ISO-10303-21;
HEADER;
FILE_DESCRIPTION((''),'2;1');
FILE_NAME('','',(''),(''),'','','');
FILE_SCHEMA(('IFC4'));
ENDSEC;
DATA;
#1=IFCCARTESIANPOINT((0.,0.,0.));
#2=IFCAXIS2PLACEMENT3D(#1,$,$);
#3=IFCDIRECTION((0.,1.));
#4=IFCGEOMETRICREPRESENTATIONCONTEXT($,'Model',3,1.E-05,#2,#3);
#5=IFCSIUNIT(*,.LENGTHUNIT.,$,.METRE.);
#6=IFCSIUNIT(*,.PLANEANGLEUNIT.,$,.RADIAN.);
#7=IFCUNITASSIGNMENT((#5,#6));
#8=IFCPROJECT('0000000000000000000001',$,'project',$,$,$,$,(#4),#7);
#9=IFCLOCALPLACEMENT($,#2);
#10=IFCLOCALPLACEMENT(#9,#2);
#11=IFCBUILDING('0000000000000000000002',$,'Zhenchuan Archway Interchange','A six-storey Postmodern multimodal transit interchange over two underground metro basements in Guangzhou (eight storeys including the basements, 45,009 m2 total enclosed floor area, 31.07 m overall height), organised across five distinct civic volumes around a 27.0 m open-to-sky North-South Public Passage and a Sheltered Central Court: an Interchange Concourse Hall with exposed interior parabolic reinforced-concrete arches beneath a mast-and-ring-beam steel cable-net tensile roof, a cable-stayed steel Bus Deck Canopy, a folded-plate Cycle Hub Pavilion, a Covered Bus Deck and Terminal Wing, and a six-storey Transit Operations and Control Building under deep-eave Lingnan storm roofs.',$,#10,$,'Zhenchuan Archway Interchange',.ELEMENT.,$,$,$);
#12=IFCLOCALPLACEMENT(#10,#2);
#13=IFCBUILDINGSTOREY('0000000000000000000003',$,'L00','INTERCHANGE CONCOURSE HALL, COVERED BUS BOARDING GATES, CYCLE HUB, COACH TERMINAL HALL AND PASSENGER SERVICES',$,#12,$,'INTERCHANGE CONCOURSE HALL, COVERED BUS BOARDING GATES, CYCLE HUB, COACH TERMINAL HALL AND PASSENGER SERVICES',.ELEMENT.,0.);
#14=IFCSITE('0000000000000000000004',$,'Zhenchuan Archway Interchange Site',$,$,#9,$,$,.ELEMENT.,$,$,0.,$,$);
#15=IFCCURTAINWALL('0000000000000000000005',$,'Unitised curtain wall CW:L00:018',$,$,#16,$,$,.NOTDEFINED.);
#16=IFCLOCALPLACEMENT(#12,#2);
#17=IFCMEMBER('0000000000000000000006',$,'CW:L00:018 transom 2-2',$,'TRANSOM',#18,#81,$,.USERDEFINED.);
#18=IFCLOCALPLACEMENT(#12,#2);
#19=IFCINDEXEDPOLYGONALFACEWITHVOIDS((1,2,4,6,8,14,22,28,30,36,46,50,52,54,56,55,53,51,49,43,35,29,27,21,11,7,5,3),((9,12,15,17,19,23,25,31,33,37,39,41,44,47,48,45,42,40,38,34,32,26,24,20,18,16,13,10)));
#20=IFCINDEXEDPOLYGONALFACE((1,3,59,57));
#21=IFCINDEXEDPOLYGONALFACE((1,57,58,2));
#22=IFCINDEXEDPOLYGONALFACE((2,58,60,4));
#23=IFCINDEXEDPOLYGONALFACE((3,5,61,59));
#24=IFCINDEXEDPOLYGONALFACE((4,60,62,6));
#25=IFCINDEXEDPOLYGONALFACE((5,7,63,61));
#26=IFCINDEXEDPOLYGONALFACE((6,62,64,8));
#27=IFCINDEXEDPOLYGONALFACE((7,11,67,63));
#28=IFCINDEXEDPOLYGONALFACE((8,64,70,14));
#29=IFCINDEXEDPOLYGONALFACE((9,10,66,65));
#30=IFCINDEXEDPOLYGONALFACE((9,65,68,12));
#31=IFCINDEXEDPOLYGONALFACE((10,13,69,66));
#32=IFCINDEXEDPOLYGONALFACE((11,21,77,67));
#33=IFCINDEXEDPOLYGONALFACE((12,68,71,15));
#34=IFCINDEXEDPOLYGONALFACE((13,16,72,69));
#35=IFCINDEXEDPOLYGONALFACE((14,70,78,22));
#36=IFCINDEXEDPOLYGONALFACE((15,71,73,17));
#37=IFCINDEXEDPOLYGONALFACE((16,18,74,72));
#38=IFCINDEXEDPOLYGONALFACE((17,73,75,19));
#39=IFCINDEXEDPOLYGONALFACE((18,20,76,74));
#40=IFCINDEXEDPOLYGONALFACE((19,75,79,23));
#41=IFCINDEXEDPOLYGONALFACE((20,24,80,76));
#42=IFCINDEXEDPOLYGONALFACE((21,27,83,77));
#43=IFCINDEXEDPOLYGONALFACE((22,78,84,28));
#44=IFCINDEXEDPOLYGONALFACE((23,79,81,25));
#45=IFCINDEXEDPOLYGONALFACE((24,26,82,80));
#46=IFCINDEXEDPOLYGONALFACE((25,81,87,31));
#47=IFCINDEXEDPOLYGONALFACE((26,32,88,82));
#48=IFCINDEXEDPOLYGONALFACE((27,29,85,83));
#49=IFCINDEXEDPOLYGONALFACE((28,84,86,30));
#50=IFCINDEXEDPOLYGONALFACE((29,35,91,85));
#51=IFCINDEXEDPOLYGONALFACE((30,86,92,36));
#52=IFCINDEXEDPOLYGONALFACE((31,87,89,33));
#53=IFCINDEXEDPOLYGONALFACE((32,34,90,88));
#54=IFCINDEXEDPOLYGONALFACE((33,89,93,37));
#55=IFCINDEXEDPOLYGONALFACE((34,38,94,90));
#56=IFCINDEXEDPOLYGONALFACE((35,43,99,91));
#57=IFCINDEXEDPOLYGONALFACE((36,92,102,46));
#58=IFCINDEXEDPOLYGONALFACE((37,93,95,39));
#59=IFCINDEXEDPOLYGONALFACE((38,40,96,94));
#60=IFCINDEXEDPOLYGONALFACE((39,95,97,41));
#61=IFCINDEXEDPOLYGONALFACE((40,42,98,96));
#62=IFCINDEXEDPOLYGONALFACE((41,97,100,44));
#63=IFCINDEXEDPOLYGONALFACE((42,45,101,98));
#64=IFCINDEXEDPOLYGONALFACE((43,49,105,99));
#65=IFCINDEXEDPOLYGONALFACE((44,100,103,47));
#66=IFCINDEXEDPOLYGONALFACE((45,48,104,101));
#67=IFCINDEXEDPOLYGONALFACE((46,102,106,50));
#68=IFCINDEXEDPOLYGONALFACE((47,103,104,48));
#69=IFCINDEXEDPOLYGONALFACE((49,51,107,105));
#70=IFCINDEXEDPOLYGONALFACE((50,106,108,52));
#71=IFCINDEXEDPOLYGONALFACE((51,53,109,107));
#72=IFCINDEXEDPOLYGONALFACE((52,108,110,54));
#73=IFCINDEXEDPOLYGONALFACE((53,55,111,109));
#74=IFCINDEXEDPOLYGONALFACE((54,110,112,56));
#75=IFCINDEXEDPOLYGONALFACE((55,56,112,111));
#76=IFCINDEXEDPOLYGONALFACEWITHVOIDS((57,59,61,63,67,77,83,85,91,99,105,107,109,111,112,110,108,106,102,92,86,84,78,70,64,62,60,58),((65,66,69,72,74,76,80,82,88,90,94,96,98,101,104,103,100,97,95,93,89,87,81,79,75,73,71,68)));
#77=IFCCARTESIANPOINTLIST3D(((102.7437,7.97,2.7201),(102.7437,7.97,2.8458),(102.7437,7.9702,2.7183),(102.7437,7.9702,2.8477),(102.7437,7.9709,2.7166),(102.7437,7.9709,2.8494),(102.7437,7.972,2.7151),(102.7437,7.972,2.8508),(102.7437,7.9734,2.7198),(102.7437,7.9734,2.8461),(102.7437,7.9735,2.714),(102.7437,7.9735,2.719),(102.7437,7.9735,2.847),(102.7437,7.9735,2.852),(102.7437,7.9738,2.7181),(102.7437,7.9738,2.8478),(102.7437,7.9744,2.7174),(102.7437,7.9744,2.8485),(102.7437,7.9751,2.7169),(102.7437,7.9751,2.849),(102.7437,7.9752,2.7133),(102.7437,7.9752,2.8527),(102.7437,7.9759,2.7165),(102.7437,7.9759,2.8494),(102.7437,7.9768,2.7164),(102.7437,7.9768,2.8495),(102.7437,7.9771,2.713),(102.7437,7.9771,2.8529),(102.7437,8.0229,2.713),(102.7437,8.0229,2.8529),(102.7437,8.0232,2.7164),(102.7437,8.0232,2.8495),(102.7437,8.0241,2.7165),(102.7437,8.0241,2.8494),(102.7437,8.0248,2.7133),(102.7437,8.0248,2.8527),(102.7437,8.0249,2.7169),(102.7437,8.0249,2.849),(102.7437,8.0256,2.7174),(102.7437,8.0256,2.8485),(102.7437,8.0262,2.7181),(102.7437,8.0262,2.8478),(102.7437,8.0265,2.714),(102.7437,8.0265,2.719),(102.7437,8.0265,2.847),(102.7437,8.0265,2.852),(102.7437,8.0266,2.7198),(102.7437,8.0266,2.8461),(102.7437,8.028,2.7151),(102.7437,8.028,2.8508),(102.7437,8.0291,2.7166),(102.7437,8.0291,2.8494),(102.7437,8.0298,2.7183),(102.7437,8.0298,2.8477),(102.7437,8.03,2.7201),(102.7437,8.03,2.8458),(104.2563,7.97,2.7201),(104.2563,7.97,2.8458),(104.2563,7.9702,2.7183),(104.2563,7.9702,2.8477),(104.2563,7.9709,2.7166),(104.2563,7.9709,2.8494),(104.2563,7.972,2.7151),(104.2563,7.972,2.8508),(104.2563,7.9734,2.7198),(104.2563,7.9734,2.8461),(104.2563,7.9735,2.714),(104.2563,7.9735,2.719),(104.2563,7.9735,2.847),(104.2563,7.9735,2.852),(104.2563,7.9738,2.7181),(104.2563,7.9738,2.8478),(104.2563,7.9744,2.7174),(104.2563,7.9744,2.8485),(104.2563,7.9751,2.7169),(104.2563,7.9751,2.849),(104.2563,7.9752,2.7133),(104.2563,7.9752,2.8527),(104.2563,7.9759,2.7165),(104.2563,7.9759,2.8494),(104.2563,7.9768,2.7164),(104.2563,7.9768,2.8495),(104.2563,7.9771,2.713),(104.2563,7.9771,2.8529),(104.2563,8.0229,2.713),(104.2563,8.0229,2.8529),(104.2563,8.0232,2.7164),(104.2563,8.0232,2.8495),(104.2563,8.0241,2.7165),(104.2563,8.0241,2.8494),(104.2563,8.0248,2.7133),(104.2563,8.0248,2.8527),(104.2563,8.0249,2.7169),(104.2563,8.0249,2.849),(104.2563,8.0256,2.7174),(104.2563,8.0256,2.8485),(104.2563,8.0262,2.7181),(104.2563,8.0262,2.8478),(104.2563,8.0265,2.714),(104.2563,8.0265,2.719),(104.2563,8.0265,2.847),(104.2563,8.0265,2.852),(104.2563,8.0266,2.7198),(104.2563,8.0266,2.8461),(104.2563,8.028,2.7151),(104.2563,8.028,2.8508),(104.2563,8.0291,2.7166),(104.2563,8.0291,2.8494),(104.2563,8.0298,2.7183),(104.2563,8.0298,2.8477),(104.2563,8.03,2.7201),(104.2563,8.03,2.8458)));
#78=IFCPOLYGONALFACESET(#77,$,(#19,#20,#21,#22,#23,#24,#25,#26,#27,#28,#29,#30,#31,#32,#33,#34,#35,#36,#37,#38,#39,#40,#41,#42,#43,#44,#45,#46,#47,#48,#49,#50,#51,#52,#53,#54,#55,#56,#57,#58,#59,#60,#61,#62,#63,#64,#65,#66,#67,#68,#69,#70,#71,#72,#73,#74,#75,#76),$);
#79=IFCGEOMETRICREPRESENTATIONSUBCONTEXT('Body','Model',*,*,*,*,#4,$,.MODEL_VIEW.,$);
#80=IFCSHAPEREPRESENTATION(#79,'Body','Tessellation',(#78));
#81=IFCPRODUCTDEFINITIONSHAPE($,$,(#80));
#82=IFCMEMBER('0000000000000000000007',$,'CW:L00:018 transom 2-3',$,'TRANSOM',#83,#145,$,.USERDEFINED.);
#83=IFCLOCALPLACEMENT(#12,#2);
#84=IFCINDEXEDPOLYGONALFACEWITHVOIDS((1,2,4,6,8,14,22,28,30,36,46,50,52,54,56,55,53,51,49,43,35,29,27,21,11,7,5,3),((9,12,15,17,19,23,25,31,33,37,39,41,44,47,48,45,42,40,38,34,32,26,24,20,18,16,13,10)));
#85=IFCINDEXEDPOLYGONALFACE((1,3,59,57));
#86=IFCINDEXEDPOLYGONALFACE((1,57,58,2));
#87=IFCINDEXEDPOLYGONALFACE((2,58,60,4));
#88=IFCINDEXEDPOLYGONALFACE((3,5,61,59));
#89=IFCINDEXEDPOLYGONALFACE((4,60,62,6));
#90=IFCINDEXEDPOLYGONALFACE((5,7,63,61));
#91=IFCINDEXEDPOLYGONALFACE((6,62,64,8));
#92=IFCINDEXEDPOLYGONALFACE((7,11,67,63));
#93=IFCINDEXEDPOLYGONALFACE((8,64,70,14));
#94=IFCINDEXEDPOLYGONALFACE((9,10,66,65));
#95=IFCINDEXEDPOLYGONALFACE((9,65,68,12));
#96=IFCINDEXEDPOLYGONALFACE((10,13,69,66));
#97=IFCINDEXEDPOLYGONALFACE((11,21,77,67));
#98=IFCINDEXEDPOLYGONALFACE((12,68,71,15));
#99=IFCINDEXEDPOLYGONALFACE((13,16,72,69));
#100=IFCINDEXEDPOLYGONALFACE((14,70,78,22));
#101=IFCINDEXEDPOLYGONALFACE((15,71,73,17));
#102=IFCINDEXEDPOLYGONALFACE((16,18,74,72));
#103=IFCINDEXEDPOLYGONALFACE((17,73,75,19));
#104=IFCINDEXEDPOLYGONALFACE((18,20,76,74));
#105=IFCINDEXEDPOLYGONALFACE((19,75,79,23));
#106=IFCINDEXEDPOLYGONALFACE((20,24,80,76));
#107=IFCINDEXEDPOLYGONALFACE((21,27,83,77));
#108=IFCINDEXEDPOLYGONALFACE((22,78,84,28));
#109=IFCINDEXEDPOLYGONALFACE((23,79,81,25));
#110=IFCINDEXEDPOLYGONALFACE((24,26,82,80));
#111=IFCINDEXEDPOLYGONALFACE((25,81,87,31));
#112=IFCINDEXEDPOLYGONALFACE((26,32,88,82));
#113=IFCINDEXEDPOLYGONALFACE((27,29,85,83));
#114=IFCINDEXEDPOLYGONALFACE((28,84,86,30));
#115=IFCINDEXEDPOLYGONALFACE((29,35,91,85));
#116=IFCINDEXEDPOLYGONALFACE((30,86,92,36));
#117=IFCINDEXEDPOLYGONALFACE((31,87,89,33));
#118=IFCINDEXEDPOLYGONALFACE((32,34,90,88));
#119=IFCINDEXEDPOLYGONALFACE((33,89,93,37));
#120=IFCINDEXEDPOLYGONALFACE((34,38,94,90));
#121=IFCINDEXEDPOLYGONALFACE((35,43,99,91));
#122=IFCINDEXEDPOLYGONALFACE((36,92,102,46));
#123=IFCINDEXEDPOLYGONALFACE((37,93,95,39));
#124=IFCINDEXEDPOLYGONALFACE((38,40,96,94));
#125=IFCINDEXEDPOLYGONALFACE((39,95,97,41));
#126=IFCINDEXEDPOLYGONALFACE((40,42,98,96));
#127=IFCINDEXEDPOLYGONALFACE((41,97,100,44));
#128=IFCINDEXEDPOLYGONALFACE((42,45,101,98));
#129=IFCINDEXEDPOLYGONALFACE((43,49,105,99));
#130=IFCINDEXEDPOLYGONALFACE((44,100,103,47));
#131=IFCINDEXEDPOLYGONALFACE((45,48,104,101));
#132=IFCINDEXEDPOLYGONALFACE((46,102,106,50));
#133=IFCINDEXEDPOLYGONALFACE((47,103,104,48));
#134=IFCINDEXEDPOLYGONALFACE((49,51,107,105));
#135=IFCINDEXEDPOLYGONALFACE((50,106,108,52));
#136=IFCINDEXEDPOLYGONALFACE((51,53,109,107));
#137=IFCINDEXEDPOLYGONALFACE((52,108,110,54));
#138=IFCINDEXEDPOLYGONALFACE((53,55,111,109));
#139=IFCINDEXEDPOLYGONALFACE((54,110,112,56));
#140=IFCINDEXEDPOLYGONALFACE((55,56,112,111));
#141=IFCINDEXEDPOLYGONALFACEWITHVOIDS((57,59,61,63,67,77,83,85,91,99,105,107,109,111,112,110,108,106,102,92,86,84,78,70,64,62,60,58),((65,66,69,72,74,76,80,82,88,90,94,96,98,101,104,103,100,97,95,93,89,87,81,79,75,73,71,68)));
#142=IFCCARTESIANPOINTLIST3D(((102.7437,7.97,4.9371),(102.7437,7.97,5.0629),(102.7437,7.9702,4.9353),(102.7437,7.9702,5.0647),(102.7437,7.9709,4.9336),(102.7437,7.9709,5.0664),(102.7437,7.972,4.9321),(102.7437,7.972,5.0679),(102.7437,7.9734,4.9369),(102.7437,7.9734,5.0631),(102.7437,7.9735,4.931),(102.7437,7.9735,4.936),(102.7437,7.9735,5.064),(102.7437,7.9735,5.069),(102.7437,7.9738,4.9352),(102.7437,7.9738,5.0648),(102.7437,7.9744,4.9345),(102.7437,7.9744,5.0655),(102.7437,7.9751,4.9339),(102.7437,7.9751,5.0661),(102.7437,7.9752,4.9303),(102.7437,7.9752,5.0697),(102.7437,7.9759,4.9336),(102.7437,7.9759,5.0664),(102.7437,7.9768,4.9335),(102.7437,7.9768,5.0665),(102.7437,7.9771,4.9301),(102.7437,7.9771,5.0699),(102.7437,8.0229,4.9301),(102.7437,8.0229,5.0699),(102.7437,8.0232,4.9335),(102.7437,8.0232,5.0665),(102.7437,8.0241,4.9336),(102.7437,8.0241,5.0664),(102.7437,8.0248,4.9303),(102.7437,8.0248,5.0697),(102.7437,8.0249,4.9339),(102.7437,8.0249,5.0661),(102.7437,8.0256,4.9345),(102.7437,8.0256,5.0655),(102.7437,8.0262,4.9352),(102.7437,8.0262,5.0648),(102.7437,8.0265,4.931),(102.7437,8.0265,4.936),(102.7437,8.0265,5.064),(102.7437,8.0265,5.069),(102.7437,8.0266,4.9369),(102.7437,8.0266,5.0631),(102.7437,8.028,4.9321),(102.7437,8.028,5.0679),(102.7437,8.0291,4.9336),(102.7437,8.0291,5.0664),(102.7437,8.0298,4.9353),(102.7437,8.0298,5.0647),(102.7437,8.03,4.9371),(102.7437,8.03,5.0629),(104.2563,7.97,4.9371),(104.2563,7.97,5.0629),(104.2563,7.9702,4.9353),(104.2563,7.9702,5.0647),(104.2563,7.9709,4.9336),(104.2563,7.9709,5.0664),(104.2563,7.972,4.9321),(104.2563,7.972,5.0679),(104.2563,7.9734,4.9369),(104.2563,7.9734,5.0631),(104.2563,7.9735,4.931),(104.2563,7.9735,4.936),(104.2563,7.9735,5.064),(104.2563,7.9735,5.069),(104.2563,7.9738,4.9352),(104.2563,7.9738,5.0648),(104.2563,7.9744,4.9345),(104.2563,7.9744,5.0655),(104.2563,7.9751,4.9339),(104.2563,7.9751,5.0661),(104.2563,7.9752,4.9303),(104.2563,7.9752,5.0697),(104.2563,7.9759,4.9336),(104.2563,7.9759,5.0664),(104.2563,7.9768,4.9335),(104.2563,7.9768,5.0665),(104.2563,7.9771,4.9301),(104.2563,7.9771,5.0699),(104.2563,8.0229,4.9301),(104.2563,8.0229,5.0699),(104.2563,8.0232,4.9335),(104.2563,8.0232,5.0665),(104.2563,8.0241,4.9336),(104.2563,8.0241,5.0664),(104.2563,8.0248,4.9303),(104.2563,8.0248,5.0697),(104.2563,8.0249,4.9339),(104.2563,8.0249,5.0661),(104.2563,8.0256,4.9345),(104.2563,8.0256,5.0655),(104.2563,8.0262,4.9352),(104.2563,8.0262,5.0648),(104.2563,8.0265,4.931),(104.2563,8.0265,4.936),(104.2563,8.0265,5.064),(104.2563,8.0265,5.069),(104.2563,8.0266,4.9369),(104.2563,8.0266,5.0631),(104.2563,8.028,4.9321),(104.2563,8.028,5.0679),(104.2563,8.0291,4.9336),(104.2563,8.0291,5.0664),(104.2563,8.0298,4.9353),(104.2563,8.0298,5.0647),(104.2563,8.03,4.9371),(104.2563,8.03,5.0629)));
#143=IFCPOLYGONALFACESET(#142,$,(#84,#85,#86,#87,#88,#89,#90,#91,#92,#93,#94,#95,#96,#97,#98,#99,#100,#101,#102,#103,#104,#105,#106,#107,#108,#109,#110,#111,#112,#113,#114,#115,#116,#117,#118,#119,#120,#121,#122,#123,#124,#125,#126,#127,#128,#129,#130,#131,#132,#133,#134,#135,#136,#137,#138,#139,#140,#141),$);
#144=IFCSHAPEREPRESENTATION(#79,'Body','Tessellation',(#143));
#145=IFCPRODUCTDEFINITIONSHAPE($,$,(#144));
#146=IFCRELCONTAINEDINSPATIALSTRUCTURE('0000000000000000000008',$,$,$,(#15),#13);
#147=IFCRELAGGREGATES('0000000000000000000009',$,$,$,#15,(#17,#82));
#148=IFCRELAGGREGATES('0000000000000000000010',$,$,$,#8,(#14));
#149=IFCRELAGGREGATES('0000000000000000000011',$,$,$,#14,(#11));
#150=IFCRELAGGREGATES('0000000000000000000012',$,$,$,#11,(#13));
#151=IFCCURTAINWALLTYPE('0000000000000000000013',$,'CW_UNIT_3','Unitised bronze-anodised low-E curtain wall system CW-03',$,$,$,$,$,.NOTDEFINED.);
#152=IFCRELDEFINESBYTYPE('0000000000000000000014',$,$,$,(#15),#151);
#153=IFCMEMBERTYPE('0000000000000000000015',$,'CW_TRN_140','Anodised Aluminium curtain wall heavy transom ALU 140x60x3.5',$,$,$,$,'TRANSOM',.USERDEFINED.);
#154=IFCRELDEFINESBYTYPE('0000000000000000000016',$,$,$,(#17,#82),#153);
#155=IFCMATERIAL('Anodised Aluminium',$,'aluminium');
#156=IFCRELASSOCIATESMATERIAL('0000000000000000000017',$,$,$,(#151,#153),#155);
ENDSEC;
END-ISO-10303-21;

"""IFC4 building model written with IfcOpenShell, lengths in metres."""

from ifc_helpers import new_model, si_unit, direction, frame, origin, origin_2d, place, context, subcontext, project, spatial, hollow_rectangle, extrude, material, material_profile, profile_set, type_object, element, aggregate, save


model = new_model("IFC4")

# Units and contexts
model_context = context("Model", 3, precision=1e-05, world=origin(), true_north=direction((0.0, 1.0)))
body_context = subcontext(model_context, "Body", "Model", "MODEL_VIEW")
ifc_project = project(units=[si_unit("LENGTHUNIT", "METRE"), si_unit("PLANEANGLEUNIT", "RADIAN")], contexts=[model_context])

# Site, building, storey
site_placement = place(None, origin())
site = spatial("IfcSite", under=ifc_project, at=site_placement, Name="Zhenchuan Archway Interchange Site", CompositionType="ELEMENT", RefElevation=0.0)
building_placement = place(site_placement, origin())
building = spatial("IfcBuilding", under=site, at=building_placement, Name="Zhenchuan Archway Interchange", Description="A six-storey Postmodern multimodal transit interchange over two underground metro basements in Guangzhou (eight storeys including the basements, 45,009 m2 total enclosed floor area, 31.07 m overall height), organised across five distinct civic volumes around a 27.0 m open-to-sky North-South Public Passage and a Sheltered Central Court: an Interchange Concourse Hall with exposed interior parabolic reinforced-concrete arches beneath a mast-and-ring-beam steel cable-net tensile roof, a cable-stayed steel Bus Deck Canopy, a folded-plate Cycle Hub Pavilion, a Covered Bus Deck and Terminal Wing, and a six-storey Transit Operations and Control Building under deep-eave Lingnan storm roofs.", LongName="Zhenchuan Archway Interchange", CompositionType="ELEMENT")
storey_placement = place(building_placement, origin())
storey = spatial("IfcBuildingStorey", under=building, at=storey_placement, Name="L00", Description="INTERCHANGE CONCOURSE HALL, COVERED BUS BOARDING GATES, CYCLE HUB, COACH TERMINAL HALL AND PASSENGER SERVICES", LongName="INTERCHANGE CONCOURSE HALL, COVERED BUS BOARDING GATES, CYCLE HUB, COACH TERMINAL HALL AND PASSENGER SERVICES", CompositionType="ELEMENT", Elevation=0.0)

# Curtain wall, members
ifc_material_1 = material(Name="Anodised Aluminium", Category="aluminium")
curtain_wall_type = type_object("IfcCurtainWallType", Name="CW_UNIT_3", Description="Unitised bronze-anodised low-E curtain wall system CW-03", PredefinedType="NOTDEFINED", material=ifc_material_1)
curtain_wall_placement = place(storey_placement, origin())
curtain_wall = element("IfcCurtainWall", 1, at=curtain_wall_placement, inside=storey, type_object=curtain_wall_type, Name="Unitised curtain wall CW:L00:018", PredefinedType="NOTDEFINED")
ifc_material_profile_1 = material_profile(ifc_material_1, hollow_rectangle(XDim=0.0601, YDim=0.1399, WallThickness=0.0034, InnerFilletRadius=0.0034, OuterFilletRadius=0.0071, at=origin_2d()), Name="ALU 140x60x3.5")
ifc_profile_set_1 = profile_set([ifc_material_profile_1], Name="Anodised Aluminium")
member_type_1 = type_object("IfcMemberType", Name="CW_TRN_140", Description="Anodised Aluminium curtain wall heavy transom ALU 140x60x3.5", ElementType="TRANSOM", PredefinedType="USERDEFINED", material=ifc_profile_set_1)
member_1_placement = place(storey_placement, frame((104.2563, 8.0, 2.783), z_axis=(-1.0, 0.0, 0.0), x_axis=(0.0, -1.0, 0.0)))
member_1 = element("IfcMember", 2, at=member_1_placement, type_object=member_type_1, Name="CW:L00:018 transom 2-2", ObjectType="TRANSOM", PredefinedType="USERDEFINED", context=body_context, shape_type="SweptSolid", body=[
    extrude(hollow_rectangle(XDim=0.0601, YDim=0.1399, WallThickness=0.0034, InnerFilletRadius=0.0034, OuterFilletRadius=0.0071, at=origin_2d()), origin(), (0.0, 0.0, 1.0), 1.5127),
])
member_2_placement = place(storey_placement, frame((104.2563, 8.0, 5.0), z_axis=(-1.0, 0.0, 0.0), x_axis=(0.0, -1.0, 0.0)))
member_2 = element("IfcMember", 3, at=member_2_placement, type_object=member_type_1, Name="CW:L00:018 transom 2-3", ObjectType="TRANSOM", PredefinedType="USERDEFINED", context=body_context, shape_type="SweptSolid", body=[
    extrude(hollow_rectangle(XDim=0.0601, YDim=0.1399, WallThickness=0.0034, InnerFilletRadius=0.0034, OuterFilletRadius=0.0071, at=origin_2d()), origin(), (0.0, 0.0, 1.0), 1.5127),
])

aggregate(curtain_wall, [member_1, member_2])

save(model, "model.ifc")
